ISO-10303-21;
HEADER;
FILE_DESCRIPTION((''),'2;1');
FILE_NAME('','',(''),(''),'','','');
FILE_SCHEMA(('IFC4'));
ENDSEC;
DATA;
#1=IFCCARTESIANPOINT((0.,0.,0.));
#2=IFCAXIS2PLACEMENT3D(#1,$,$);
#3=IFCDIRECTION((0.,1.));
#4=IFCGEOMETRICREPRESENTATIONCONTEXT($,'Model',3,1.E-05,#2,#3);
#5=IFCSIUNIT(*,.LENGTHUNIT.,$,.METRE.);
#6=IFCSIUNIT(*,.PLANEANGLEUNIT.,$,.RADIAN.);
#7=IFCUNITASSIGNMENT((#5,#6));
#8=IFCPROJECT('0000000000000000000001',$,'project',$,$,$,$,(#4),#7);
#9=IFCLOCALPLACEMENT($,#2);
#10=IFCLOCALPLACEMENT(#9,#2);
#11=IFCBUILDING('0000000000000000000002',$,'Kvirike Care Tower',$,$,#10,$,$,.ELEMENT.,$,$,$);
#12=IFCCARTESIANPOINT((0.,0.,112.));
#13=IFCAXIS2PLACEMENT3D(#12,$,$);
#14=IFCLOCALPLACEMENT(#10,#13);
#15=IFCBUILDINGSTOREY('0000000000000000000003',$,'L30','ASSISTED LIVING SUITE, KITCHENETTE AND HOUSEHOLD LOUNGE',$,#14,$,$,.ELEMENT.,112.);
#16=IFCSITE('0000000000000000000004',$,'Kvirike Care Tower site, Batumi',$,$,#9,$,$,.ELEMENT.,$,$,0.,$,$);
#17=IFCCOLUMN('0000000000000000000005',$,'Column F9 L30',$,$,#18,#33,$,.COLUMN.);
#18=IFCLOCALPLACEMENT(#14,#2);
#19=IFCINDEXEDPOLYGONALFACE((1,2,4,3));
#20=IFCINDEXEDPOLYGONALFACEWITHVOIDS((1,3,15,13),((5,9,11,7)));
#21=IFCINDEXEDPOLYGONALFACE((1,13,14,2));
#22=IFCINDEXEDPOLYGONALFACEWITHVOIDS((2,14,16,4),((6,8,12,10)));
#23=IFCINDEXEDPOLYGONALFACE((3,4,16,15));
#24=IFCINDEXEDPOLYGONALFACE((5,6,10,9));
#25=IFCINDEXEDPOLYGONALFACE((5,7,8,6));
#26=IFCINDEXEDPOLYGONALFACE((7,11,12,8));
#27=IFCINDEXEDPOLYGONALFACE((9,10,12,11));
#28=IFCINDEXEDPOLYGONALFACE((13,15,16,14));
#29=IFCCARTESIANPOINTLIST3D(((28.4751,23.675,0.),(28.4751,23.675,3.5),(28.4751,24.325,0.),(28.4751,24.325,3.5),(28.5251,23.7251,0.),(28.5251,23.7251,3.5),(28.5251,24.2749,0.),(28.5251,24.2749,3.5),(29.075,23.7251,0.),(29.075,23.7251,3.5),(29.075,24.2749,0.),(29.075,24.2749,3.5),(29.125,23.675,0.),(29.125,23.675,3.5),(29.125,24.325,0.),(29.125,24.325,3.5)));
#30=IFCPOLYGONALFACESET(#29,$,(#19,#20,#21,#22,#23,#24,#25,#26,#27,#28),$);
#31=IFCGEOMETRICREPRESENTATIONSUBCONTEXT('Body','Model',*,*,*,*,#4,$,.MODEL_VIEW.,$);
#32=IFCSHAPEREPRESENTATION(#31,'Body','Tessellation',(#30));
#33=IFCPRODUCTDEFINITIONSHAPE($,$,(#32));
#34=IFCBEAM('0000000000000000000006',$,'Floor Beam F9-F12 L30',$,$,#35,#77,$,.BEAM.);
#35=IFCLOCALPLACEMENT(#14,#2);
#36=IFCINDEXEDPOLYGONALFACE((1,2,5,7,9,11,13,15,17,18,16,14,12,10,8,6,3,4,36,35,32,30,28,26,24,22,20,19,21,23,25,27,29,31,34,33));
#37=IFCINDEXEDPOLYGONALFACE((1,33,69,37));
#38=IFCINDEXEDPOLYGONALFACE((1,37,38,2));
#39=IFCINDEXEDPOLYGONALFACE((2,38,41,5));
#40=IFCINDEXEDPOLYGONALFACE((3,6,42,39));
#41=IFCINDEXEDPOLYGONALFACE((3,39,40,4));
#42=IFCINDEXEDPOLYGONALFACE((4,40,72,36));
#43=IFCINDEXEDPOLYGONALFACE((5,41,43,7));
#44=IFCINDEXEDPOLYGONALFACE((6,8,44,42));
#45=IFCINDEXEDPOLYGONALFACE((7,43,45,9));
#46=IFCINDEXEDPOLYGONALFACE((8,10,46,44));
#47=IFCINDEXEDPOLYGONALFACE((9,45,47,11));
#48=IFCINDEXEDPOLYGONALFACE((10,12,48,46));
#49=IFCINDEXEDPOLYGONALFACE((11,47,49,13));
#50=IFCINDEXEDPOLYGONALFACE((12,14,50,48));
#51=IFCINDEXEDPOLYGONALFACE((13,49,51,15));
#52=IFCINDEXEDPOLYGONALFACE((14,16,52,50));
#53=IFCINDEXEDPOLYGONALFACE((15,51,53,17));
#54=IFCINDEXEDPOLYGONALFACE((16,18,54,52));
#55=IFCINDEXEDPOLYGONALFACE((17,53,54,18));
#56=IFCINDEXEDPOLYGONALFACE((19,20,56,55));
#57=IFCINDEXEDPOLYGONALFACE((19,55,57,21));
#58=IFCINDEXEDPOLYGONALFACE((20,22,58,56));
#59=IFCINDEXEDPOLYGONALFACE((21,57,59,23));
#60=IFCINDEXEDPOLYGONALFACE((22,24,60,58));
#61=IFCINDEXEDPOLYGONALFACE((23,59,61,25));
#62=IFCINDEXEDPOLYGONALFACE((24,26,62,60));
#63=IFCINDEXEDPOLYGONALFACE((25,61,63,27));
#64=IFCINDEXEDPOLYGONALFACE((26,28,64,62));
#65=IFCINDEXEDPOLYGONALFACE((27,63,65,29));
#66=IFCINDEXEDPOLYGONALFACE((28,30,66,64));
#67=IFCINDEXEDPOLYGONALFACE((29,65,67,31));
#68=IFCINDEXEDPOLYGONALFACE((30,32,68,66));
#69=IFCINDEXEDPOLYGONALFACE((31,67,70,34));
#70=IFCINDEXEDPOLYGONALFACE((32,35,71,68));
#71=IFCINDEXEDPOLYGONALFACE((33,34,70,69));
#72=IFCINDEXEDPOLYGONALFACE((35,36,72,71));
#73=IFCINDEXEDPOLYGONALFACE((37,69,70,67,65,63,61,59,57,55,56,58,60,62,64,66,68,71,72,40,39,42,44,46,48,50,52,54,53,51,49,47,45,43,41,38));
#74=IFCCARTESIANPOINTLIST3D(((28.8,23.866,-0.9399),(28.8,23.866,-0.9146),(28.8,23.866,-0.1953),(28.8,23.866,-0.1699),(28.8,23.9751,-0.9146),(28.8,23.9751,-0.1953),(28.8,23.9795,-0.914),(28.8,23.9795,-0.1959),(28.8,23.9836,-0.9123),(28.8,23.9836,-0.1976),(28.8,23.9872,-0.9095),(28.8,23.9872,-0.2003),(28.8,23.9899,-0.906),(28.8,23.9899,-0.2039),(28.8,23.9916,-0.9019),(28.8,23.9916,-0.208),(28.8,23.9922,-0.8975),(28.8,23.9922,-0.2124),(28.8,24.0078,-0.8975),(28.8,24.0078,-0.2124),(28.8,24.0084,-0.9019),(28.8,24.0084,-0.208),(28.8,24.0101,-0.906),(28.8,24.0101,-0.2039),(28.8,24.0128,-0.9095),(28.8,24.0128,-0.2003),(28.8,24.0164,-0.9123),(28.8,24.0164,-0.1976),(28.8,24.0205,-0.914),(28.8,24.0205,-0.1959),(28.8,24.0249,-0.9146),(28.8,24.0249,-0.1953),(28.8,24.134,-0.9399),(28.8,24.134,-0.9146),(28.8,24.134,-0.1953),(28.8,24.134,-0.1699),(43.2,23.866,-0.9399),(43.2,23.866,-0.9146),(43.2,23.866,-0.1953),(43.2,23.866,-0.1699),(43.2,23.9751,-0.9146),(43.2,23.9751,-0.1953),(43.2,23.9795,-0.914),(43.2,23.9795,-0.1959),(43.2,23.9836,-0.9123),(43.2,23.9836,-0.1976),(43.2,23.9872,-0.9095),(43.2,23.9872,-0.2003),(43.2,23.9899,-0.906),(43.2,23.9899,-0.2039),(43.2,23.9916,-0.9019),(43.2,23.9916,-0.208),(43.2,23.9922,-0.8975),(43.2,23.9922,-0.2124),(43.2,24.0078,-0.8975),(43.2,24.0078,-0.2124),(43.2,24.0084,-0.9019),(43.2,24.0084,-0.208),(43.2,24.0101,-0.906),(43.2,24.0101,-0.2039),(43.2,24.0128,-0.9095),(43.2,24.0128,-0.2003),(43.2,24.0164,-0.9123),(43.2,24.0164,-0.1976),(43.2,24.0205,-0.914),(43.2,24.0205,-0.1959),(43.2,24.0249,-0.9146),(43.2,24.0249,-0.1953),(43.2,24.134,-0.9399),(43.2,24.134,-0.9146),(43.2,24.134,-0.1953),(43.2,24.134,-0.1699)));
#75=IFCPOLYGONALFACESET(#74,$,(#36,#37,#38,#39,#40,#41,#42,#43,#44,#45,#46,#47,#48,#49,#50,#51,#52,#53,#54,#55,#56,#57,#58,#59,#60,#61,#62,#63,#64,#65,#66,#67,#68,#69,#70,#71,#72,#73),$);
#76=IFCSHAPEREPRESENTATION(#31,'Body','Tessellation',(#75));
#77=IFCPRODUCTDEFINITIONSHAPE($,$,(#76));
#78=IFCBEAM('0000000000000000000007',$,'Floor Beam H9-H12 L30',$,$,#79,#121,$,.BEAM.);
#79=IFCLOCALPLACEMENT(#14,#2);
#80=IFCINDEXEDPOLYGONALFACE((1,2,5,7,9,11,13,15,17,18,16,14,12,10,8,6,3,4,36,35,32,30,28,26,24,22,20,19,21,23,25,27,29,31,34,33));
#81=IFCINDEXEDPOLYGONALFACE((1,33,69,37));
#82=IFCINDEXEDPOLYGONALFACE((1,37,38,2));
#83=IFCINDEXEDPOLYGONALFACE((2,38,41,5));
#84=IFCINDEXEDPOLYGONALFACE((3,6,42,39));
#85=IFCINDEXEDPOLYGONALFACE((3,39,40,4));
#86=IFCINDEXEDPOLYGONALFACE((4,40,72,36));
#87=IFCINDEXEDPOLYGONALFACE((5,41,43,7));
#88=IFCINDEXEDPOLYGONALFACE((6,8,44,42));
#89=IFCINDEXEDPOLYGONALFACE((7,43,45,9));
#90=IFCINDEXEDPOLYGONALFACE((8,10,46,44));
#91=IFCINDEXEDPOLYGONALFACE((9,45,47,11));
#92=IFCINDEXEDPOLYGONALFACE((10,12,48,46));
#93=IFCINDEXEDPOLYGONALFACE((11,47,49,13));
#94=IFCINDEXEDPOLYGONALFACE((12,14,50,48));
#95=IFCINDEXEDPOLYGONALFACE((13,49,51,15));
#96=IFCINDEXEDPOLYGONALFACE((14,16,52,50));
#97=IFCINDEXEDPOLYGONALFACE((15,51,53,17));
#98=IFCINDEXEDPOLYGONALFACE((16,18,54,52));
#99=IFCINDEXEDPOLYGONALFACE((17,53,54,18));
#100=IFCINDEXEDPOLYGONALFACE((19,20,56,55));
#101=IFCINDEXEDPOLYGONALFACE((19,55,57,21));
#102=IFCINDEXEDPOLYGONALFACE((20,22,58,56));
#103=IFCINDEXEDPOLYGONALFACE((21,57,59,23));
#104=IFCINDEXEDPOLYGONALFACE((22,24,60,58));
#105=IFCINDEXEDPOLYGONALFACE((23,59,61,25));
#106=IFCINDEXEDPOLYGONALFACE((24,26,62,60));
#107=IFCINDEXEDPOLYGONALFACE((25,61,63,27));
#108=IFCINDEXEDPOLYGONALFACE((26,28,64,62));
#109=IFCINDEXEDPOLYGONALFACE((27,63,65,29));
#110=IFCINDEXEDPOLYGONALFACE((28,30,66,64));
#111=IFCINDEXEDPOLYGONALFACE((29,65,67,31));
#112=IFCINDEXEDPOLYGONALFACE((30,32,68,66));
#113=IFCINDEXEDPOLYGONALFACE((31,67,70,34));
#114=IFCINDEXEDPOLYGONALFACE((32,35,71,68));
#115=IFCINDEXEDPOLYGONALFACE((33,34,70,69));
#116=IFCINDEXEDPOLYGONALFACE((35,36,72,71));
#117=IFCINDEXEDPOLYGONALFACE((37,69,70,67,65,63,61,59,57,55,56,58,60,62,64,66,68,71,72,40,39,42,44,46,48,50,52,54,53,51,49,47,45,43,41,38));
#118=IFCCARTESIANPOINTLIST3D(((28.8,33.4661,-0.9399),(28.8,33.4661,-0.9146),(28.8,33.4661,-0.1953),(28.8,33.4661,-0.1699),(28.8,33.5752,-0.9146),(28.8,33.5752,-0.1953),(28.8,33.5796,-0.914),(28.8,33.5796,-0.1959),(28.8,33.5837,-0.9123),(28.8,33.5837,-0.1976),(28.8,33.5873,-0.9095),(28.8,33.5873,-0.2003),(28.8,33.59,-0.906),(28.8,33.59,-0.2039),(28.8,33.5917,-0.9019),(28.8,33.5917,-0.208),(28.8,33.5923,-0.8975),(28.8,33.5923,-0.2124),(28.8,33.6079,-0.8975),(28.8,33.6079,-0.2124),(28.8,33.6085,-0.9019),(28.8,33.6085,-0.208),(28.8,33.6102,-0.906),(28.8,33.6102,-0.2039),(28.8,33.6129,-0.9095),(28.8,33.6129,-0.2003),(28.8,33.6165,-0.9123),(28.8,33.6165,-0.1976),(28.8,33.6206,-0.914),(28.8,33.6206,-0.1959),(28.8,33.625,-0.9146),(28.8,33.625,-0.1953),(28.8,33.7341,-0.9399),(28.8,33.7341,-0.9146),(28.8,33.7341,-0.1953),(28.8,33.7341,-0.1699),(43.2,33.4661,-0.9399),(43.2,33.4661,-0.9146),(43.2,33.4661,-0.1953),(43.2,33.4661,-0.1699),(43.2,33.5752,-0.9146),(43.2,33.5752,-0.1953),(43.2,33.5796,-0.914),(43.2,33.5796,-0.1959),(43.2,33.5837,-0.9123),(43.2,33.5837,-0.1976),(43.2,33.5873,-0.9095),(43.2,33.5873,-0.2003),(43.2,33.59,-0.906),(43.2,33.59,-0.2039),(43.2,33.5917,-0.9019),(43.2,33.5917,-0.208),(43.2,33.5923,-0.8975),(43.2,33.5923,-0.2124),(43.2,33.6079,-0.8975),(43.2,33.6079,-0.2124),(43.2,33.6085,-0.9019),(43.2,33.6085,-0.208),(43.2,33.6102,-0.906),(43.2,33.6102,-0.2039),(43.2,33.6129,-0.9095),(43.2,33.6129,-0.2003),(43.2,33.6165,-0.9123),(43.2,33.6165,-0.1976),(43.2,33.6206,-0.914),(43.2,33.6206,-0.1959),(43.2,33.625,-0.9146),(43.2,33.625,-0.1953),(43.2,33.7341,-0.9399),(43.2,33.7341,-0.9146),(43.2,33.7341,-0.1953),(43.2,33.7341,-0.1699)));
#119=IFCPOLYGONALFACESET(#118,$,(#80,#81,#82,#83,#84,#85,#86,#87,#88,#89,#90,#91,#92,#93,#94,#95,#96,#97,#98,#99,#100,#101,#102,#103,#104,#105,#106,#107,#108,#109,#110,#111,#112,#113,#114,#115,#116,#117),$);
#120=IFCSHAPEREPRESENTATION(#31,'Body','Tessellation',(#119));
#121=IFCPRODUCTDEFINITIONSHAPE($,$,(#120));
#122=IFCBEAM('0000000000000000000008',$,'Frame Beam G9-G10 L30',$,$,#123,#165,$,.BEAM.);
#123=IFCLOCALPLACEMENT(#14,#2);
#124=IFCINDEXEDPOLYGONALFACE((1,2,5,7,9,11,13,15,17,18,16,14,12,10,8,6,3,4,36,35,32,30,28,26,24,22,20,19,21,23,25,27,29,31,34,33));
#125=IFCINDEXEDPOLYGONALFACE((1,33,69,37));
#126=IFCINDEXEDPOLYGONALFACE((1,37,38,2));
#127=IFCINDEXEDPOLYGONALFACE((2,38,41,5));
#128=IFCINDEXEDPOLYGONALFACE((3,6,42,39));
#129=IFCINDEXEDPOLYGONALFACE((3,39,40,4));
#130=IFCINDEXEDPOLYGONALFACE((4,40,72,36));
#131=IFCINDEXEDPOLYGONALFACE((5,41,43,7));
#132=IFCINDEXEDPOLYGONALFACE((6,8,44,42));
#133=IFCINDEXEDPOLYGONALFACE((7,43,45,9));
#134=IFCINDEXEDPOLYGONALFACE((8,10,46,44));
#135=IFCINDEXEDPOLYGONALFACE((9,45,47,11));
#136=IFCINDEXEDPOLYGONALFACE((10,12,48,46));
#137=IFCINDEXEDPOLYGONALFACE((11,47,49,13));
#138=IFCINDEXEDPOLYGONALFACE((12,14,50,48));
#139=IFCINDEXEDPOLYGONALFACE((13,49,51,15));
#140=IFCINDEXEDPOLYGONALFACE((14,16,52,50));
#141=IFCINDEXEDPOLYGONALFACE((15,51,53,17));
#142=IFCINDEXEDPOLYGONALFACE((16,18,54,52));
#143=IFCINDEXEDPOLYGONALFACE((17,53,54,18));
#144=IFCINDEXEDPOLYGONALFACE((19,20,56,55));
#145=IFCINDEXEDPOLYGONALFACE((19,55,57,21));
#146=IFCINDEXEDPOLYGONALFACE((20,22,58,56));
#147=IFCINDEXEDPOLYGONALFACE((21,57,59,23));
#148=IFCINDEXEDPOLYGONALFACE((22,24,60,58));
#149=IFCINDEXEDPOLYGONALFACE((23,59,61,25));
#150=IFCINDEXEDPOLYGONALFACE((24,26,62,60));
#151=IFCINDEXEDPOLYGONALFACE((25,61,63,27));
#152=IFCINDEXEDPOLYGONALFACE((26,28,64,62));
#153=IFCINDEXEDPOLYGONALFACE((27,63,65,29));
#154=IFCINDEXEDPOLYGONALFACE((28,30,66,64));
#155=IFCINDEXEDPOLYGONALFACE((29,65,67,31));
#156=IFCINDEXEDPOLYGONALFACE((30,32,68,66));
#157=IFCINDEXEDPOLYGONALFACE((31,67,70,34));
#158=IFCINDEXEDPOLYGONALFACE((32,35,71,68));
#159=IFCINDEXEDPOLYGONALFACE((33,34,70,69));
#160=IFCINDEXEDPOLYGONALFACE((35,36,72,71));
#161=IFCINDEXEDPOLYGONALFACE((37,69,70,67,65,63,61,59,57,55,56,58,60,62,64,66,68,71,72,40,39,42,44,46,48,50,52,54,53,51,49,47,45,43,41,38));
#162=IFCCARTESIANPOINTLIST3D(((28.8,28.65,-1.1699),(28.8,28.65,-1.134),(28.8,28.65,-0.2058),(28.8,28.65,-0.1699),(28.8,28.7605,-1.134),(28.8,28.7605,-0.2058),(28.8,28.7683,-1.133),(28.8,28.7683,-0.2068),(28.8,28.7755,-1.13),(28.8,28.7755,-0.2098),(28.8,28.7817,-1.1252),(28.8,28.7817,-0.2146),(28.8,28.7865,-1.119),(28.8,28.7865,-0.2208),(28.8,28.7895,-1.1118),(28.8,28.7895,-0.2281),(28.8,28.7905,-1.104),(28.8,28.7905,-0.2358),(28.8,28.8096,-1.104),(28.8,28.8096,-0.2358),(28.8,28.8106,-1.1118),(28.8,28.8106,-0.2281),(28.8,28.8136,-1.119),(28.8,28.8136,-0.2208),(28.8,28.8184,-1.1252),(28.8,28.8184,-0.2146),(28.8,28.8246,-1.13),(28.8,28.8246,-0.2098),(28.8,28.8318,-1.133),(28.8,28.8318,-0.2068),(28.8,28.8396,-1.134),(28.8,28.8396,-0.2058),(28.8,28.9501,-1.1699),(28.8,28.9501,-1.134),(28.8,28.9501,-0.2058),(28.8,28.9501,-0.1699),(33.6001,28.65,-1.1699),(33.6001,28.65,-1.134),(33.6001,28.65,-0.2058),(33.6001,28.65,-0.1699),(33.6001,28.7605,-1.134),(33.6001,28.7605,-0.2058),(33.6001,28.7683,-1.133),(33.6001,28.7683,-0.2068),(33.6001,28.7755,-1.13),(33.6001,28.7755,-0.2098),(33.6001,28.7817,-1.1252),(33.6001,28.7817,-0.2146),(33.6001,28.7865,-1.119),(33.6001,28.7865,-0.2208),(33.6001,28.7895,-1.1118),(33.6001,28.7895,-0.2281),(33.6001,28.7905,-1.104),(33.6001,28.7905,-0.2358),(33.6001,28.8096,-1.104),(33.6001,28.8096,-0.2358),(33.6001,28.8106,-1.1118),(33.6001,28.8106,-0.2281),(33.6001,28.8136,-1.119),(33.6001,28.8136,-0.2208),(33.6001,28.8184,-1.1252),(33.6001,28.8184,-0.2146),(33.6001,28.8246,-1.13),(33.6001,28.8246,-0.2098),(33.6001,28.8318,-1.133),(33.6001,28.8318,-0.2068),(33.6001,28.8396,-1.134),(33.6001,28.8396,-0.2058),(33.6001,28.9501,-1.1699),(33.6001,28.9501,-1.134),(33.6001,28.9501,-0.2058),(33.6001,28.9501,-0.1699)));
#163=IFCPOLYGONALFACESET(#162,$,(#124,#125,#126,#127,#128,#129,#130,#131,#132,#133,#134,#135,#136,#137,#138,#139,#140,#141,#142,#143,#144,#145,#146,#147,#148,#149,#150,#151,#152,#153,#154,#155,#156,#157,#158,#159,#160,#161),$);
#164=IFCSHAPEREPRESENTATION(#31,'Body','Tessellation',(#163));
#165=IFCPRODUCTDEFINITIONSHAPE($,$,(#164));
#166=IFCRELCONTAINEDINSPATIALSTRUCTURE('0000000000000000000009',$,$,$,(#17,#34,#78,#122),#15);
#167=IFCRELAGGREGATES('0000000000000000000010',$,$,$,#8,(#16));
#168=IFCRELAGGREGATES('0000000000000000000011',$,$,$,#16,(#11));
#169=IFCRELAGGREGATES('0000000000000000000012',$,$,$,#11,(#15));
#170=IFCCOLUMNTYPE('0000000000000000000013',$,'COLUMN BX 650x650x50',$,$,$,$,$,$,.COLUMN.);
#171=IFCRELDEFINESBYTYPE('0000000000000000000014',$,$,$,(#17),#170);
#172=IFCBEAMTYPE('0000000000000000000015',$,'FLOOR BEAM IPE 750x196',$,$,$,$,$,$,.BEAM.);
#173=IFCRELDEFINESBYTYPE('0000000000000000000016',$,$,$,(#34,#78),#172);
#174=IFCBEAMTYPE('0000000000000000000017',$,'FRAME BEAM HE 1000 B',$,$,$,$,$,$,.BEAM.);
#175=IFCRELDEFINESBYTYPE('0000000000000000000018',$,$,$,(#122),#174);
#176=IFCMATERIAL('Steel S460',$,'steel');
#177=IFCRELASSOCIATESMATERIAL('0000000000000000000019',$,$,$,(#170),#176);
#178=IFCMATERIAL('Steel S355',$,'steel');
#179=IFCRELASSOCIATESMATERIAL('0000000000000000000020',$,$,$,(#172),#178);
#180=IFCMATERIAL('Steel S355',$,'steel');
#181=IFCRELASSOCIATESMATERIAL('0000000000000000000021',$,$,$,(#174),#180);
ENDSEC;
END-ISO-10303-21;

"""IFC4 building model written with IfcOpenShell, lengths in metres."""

from ifc_helpers import new_model, si_unit, direction, frame, origin, origin_2d, place, context, subcontext, project, spatial, hollow_rectangle, i_section, extrude, material, material_profile, profile_set, type_object, element, save


model = new_model("IFC4")

# Units and contexts
model_context = context("Model", 3, precision=1e-05, world=origin(), true_north=direction((0.0, 1.0)))
body_context = subcontext(model_context, "Body", "Model", "MODEL_VIEW")
ifc_project = project(units=[si_unit("LENGTHUNIT", "METRE"), si_unit("PLANEANGLEUNIT", "RADIAN")], contexts=[model_context])

# Site, building, storey
site_placement = place(None, origin())
site = spatial("IfcSite", under=ifc_project, at=site_placement, Name="Kvirike Care Tower site, Batumi", CompositionType="ELEMENT", RefElevation=0.0)
building_placement = place(site_placement, origin())
building = spatial("IfcBuilding", under=site, at=building_placement, Name="Kvirike Care Tower", CompositionType="ELEMENT")
storey_placement = place(building_placement, frame((0.0, 0.0, 112.0)))
storey = spatial("IfcBuildingStorey", under=building, at=storey_placement, Name="L30", Description="ASSISTED LIVING SUITE, KITCHENETTE AND HOUSEHOLD LOUNGE", CompositionType="ELEMENT", Elevation=112.0)

# Column
ifc_material_1 = material(Name="Steel S460", Category="steel")
ifc_material_profile_1 = material_profile(ifc_material_1, hollow_rectangle(XDim=0.6499, YDim=0.6499, WallThickness=0.05, at=origin_2d()), Name="BX 650x650x50")
ifc_profile_set_1 = profile_set([ifc_material_profile_1], Name="Steel S460")
column_type = type_object("IfcColumnType", Name="COLUMN BX 650x650x50", PredefinedType="COLUMN", material=ifc_profile_set_1)
column_placement = place(storey_placement, frame((28.8, 24.0, 0.0), z_axis=(0.0, 0.0, 1.0), x_axis=(1.0, 0.0, 0.0)))
element("IfcColumn", 1, at=column_placement, inside=storey, type_object=column_type, Name="Column F9 L30", PredefinedType="COLUMN", context=body_context, shape_type="SweptSolid", body=[
    extrude(hollow_rectangle(XDim=0.6499, YDim=0.6499, WallThickness=0.05, at=origin_2d()), origin(), (0.0, 0.0, 1.0), 3.5),
])

# Beams
ifc_material_2 = material(Name="Steel S355", Category="steel")
ifc_material_profile_2 = material_profile(ifc_material_2, i_section(OverallWidth=0.2681, OverallDepth=0.77, WebThickness=0.0156, FlangeThickness=0.0254, FilletRadius=0.0171, at=origin_2d()), Name="IPE 750x196")
ifc_profile_set_2 = profile_set([ifc_material_profile_2], Name="Steel S355")
beam_type_1 = type_object("IfcBeamType", Name="FLOOR BEAM IPE 750x196", PredefinedType="BEAM", material=ifc_profile_set_2)
for number, where, z_axis, x_axis, name in (
    (2, (28.8, 24.0, -0.5549), (1.0, 0.0, 0.0), (0.0, 1.0, 0.0), "Floor Beam F9-F12 L30"),
    (3, (28.8, 33.6001, -0.5549), (1.0, 0.0, 0.0), (0.0, 1.0, 0.0), "Floor Beam H9-H12 L30"),
):
    element("IfcBeam", number, at=place(storey_placement, frame(where, z_axis=z_axis, x_axis=x_axis)), inside=storey, type_object=beam_type_1, Name=name, PredefinedType="BEAM", context=body_context, shape_type="SweptSolid", body=[
        extrude(i_section(OverallWidth=0.2681, OverallDepth=0.77, WebThickness=0.0156, FlangeThickness=0.0254, FilletRadius=0.0171, at=origin_2d()), origin(), (0.0, 0.0, 1.0), 14.3999),
    ])
ifc_material_3 = material(Name="Steel S355", Category="steel")
ifc_material_profile_3 = material_profile(ifc_material_3, i_section(OverallWidth=0.3, OverallDepth=1.0, WebThickness=0.019, FlangeThickness=0.0359, FilletRadius=0.03, at=origin_2d()), Name="HE 1000 B")
ifc_profile_set_3 = profile_set([ifc_material_profile_3], Name="Steel S355")
beam_type_2 = type_object("IfcBeamType", Name="FRAME BEAM HE 1000 B", PredefinedType="BEAM", material=ifc_profile_set_3)
for number, where, z_axis, x_axis, name in (
    (4, (28.8, 28.8, -0.6699), (1.0, 0.0, 0.0), (0.0, 1.0, 0.0), "Frame Beam G9-G10 L30"),
):
    element("IfcBeam", number, at=place(storey_placement, frame(where, z_axis=z_axis, x_axis=x_axis)), inside=storey, type_object=beam_type_2, Name=name, PredefinedType="BEAM", context=body_context, shape_type="SweptSolid", body=[
        extrude(i_section(OverallWidth=0.3, OverallDepth=1.0, WebThickness=0.019, FlangeThickness=0.0359, FilletRadius=0.03, at=origin_2d()), origin(), (0.0, 0.0, 1.0), 4.8),
    ])

save(model, "model.ifc")
